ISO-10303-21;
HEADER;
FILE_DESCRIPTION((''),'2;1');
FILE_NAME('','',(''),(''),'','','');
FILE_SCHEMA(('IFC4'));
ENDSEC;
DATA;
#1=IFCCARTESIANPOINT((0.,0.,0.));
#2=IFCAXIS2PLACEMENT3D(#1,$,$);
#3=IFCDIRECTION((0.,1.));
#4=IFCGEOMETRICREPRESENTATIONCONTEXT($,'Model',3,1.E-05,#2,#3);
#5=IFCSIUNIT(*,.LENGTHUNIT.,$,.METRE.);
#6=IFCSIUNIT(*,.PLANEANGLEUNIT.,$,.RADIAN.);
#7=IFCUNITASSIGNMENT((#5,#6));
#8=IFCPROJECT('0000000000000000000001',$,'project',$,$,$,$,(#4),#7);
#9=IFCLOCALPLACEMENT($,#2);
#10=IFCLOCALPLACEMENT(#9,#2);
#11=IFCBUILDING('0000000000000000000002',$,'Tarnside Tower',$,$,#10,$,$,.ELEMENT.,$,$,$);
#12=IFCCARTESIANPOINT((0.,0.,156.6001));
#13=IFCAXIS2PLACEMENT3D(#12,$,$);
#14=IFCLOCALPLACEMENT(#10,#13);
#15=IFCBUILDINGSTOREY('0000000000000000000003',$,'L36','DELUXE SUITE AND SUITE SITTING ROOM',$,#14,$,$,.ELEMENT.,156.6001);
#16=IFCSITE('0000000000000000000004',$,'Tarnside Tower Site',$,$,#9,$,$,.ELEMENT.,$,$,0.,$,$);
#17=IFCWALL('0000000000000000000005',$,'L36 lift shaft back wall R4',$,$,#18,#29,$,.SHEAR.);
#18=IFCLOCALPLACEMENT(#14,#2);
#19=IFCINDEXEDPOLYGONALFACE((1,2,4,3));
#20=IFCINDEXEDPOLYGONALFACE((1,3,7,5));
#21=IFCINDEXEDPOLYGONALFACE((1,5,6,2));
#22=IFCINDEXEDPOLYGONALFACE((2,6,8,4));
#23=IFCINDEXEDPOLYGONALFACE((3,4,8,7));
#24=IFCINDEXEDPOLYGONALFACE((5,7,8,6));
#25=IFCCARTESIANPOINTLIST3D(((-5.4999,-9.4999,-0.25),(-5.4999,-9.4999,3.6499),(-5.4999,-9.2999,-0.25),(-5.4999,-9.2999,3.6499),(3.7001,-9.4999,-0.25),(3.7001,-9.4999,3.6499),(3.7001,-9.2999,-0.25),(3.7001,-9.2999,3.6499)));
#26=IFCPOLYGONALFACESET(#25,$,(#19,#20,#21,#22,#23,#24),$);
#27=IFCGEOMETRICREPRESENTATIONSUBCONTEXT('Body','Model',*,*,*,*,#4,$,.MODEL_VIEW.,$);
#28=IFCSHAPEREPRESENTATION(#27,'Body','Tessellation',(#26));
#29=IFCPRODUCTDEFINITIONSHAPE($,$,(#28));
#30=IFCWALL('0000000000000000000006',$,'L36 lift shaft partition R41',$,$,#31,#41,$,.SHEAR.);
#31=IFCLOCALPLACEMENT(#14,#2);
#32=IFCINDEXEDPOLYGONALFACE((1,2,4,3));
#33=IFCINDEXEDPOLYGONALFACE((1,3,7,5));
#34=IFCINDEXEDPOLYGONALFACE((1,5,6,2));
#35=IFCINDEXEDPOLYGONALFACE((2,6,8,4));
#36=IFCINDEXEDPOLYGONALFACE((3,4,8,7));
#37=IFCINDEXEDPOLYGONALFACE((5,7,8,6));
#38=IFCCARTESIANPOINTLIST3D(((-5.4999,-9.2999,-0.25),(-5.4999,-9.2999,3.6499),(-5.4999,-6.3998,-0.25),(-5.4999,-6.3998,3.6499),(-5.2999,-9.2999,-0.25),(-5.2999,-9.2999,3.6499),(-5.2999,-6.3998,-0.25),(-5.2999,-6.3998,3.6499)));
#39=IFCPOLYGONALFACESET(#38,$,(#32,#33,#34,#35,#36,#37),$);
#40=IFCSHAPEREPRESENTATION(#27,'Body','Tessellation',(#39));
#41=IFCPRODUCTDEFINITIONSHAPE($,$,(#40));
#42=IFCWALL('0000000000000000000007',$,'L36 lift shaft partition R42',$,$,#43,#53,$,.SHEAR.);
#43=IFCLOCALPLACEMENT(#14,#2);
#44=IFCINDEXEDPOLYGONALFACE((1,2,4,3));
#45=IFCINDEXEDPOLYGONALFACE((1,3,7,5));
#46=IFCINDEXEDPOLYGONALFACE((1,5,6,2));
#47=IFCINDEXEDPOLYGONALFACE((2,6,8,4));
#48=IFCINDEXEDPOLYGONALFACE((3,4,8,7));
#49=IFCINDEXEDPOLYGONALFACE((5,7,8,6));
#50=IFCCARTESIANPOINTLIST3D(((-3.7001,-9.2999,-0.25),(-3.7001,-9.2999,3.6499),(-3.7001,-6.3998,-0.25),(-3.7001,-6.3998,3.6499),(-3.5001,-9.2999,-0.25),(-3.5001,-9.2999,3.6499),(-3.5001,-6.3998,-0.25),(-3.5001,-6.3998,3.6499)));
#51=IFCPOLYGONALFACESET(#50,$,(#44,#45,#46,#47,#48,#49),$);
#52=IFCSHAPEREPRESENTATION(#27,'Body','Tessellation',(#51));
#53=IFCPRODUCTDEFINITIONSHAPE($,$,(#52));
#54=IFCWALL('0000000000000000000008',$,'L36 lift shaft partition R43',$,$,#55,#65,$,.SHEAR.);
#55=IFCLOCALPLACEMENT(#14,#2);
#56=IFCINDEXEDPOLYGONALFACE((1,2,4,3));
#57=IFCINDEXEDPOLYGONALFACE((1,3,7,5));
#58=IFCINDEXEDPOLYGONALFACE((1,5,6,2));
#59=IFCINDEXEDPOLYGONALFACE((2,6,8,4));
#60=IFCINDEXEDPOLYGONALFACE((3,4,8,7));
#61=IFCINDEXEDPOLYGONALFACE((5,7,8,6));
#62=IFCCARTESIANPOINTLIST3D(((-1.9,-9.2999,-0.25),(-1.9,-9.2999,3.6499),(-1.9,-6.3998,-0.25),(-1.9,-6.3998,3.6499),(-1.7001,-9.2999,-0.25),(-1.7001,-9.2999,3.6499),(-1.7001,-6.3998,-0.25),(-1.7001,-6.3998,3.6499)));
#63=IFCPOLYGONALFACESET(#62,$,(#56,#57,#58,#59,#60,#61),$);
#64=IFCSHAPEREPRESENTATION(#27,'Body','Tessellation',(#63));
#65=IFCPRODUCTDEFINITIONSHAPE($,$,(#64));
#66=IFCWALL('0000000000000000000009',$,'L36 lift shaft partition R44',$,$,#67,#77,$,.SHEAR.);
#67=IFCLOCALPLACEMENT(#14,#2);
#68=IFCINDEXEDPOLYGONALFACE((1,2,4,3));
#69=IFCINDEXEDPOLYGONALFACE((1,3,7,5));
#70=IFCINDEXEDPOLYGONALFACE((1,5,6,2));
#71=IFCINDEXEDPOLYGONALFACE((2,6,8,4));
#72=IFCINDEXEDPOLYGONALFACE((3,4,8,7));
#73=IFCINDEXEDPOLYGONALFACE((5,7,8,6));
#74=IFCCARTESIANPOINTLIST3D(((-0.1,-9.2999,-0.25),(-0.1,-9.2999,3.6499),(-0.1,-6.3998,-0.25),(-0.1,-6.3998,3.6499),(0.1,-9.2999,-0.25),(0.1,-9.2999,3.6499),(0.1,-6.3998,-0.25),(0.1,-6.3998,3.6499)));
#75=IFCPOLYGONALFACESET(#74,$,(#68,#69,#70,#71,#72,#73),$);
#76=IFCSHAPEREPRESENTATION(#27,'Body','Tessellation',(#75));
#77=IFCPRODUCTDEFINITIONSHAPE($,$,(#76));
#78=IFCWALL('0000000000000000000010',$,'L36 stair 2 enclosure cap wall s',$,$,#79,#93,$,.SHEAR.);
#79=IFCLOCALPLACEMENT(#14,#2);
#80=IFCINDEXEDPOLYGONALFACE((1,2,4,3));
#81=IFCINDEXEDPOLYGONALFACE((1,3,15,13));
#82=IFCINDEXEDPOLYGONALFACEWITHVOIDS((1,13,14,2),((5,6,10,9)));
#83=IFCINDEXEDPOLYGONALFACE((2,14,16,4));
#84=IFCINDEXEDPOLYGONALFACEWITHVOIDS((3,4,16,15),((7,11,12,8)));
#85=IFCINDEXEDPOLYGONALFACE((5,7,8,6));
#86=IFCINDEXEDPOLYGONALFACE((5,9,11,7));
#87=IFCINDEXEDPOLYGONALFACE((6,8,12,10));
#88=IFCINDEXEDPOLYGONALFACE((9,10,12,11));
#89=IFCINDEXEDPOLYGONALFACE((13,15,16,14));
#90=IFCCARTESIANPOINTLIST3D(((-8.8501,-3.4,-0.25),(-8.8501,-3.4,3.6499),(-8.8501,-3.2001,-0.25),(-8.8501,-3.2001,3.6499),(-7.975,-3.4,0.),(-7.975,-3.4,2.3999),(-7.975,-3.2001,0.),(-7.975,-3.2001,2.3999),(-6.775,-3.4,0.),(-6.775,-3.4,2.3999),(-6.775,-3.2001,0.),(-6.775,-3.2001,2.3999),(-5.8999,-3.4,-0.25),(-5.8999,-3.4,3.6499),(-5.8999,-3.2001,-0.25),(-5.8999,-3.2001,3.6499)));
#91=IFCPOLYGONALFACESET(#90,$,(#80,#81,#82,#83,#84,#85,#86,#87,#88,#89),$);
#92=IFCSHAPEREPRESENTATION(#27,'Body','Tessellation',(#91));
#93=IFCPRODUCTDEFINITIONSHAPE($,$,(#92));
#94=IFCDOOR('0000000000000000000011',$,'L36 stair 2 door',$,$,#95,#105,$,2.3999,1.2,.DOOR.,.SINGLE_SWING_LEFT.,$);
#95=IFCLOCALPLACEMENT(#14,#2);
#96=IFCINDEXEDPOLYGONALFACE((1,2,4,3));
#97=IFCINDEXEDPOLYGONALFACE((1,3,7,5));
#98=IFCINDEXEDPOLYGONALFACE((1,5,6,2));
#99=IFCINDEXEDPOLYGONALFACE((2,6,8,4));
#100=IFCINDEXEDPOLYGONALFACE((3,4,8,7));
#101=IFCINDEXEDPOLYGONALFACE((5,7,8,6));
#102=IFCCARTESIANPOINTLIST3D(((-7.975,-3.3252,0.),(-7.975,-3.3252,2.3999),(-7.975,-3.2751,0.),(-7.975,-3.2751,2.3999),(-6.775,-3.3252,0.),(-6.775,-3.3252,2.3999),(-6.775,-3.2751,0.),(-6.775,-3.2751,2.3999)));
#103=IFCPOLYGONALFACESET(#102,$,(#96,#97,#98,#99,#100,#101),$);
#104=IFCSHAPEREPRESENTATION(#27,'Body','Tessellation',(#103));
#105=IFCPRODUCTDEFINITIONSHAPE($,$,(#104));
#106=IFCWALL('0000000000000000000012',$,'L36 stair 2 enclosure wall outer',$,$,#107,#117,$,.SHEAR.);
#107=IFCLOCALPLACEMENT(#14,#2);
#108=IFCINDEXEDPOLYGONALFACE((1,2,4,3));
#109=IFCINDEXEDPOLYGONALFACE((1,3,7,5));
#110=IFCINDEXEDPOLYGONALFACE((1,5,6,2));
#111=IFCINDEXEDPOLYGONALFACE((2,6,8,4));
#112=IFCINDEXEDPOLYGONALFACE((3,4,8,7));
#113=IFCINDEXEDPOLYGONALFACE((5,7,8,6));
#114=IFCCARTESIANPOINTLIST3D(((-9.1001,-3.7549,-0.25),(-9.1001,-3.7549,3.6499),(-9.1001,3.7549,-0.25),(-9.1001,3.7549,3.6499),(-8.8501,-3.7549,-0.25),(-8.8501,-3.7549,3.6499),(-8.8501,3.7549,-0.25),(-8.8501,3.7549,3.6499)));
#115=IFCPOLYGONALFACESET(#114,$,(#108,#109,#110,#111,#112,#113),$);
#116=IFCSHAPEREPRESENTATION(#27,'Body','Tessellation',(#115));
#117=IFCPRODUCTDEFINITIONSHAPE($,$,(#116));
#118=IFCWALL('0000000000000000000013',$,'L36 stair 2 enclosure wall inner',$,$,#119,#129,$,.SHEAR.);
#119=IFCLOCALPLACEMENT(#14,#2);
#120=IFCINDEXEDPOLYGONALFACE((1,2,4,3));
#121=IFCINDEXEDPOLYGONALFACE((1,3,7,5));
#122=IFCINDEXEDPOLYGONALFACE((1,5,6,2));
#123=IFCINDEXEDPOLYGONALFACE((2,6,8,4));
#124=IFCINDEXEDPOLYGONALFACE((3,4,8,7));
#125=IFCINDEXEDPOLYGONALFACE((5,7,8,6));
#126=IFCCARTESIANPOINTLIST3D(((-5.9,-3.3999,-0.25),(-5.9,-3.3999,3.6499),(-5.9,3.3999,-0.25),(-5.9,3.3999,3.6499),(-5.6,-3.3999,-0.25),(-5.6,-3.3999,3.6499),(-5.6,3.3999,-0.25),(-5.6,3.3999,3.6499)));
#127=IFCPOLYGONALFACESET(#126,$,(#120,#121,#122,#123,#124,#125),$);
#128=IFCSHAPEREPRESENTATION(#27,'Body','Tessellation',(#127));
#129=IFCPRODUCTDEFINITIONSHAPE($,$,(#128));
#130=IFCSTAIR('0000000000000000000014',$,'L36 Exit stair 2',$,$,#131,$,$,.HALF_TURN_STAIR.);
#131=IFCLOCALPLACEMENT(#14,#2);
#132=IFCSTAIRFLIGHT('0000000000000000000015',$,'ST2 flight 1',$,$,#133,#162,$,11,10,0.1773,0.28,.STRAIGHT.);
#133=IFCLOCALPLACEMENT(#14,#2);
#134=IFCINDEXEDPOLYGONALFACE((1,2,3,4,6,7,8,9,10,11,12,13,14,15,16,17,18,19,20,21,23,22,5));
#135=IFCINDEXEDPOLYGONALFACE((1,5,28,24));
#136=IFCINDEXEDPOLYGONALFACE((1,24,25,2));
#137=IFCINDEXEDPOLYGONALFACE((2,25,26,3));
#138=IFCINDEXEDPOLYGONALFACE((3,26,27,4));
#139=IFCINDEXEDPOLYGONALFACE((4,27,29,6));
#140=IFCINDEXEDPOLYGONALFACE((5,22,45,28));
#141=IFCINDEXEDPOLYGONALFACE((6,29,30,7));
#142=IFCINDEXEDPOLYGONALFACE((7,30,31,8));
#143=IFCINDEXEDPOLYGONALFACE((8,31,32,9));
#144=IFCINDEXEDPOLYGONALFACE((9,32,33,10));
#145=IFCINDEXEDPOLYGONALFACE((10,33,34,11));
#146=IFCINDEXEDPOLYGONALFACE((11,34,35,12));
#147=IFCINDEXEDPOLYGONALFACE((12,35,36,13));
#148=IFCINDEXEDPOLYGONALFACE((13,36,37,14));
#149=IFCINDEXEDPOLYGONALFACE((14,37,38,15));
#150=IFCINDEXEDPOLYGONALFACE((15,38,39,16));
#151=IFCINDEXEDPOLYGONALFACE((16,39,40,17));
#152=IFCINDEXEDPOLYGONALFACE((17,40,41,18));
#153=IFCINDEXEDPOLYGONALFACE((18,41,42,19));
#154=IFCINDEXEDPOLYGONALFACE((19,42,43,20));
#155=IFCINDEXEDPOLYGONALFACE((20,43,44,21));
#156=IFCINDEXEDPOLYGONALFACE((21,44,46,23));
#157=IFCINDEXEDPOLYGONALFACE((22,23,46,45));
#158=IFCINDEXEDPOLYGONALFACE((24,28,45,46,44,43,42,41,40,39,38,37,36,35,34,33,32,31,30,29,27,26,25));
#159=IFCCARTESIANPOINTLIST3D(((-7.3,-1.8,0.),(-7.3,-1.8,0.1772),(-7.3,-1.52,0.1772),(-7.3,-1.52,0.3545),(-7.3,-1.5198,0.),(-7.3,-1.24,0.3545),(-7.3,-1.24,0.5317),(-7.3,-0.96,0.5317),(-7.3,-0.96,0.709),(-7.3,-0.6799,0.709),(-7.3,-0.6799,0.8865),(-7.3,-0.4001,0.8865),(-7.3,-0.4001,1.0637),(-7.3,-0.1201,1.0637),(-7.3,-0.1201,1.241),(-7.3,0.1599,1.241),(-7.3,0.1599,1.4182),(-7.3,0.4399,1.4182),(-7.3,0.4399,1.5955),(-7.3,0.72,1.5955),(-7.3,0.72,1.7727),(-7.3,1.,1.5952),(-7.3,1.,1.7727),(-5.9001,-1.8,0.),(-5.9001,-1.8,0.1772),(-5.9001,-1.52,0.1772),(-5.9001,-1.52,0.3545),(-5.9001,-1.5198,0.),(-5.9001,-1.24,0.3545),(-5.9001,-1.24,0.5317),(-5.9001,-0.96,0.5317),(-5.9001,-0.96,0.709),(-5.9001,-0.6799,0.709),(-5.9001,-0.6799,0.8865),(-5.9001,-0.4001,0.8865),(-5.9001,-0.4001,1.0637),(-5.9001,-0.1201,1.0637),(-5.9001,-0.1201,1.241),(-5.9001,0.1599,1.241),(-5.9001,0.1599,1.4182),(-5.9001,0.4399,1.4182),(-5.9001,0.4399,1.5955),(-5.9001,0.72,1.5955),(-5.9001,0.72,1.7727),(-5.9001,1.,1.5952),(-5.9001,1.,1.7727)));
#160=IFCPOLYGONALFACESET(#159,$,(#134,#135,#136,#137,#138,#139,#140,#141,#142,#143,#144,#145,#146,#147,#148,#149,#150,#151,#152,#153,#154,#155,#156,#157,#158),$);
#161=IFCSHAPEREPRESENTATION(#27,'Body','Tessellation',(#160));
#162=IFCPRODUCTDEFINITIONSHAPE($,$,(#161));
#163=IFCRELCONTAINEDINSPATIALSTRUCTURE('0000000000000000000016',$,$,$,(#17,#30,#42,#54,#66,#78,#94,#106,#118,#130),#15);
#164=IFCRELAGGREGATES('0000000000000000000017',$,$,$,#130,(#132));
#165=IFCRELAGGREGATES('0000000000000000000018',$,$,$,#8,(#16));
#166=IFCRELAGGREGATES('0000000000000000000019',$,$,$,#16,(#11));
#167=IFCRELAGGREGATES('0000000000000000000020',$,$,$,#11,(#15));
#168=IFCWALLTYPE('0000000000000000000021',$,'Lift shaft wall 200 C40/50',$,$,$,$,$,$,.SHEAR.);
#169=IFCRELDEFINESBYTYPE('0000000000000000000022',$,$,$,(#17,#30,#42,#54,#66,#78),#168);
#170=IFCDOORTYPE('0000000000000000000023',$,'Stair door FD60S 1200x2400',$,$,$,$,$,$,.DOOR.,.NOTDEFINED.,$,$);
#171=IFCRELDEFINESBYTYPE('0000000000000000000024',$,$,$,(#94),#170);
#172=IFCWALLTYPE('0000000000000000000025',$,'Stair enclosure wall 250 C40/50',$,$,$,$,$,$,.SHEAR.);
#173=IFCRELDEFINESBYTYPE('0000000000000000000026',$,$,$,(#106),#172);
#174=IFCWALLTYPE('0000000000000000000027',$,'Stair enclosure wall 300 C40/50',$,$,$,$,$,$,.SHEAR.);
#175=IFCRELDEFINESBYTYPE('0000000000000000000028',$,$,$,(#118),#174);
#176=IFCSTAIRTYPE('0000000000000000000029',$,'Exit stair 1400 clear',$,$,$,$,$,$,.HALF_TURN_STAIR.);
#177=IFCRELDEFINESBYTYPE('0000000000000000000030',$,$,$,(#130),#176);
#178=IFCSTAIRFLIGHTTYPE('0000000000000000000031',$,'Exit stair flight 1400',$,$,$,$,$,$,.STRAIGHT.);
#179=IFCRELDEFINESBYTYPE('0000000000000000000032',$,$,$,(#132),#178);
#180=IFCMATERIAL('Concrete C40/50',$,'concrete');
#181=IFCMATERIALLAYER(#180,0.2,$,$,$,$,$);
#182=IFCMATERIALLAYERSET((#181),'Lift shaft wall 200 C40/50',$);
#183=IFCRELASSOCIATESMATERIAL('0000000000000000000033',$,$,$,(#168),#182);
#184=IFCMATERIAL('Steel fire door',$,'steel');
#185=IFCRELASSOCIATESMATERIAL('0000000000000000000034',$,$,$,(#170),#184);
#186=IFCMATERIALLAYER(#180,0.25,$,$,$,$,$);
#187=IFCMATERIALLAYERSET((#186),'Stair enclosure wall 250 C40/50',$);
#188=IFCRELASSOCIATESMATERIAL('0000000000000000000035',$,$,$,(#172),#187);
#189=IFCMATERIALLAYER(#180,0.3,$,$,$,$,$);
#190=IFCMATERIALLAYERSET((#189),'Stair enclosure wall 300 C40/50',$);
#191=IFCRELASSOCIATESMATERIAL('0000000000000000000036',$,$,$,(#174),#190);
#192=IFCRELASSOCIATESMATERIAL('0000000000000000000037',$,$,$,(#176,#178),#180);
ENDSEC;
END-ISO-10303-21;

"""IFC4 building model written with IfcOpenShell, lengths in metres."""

from ifc_helpers import new_model, si_unit, direction, frame, frame_2d, origin, place, context, subcontext, project, spatial, polyline, rectangle, outline, extrude, material, layer, layer_set, type_object, element, fill, aggregate, save


model = new_model("IFC4")

# Units and contexts
model_context = context("Model", 3, precision=1e-05, world=origin(), true_north=direction((0.0, 1.0)))
body_context = subcontext(model_context, "Body", "Model", "MODEL_VIEW")
ifc_project = project(units=[si_unit("LENGTHUNIT", "METRE"), si_unit("PLANEANGLEUNIT", "RADIAN")], contexts=[model_context])

# Site, building, storey
site_placement = place(None, origin())
site = spatial("IfcSite", under=ifc_project, at=site_placement, Name="Tarnside Tower Site", CompositionType="ELEMENT", RefElevation=0.0)
building_placement = place(site_placement, origin())
building = spatial("IfcBuilding", under=site, at=building_placement, Name="Tarnside Tower", CompositionType="ELEMENT")
storey_placement = place(building_placement, frame((0.0, 0.0, 156.6001)))
storey = spatial("IfcBuildingStorey", under=building, at=storey_placement, Name="L36", Description="DELUXE SUITE AND SUITE SITTING ROOM", CompositionType="ELEMENT", Elevation=156.6001)

# Shared definitions
ifc_material_1 = material(Name="Concrete C40/50", Category="concrete")
ifc_material_2 = material(Name="Steel fire door", Category="steel")

# Shared definitions
ifc_layer_1 = layer(ifc_material_1, 0.2)
ifc_layer_set_1 = layer_set([ifc_layer_1], Name="Lift shaft wall 200 C40/50")
wall_type_1 = type_object("IfcWallType", Name="Lift shaft wall 200 C40/50", PredefinedType="SHEAR", material=ifc_layer_set_1)

# Walls
wall_1_placement = place(storey_placement, frame((-5.5, -9.3999, -0.25), z_axis=(0.0, 0.0, 1.0), x_axis=(1.0, 0.0, 0.0)))
element("IfcWall", 1, at=wall_1_placement, inside=storey, type_object=wall_type_1, Name="L36 lift shaft back wall R4", PredefinedType="SHEAR", context=body_context, shape_type="SweptSolid", body=[
    extrude(rectangle(XDim=9.2, YDim=0.2, at=frame_2d((4.6001, 0.0))), origin(), (0.0, 0.0, 1.0), 3.8999),
])
for number, where, z_axis, x_axis, name in (
    (2, (-5.3999, -9.3, -0.25), (0.0, 0.0, 1.0), (0.0, 1.0, 0.0), "L36 lift shaft partition R41"),
    (3, (-3.6001, -9.3, -0.25), (0.0, 0.0, 1.0), (0.0, 1.0, 0.0), "L36 lift shaft partition R42"),
    (4, (-1.8, -9.3, -0.25), (0.0, 0.0, 1.0), (0.0, 1.0, 0.0), "L36 lift shaft partition R43"),
    (5, (0.0, -9.3, -0.25), (0.0, 0.0, 1.0), (0.0, 1.0, 0.0), "L36 lift shaft partition R44"),
):
    element("IfcWall", number, at=place(storey_placement, frame(where, z_axis=z_axis, x_axis=x_axis)), inside=storey, type_object=wall_type_1, Name=name, PredefinedType="SHEAR", context=body_context, shape_type="SweptSolid", body=[
        extrude(rectangle(XDim=2.9001, YDim=0.2, at=frame_2d((1.4502, 0.0))), origin(), (0.0, 0.0, 1.0), 3.8999),
    ])

# Wall, opening, door
wall_2_placement = place(storey_placement, frame((-8.8501, -3.3, -0.25), z_axis=(0.0, 0.0, 1.0), x_axis=(1.0, 0.0, 0.0)))
wall_2 = element("IfcWall", 6, at=wall_2_placement, inside=storey, type_object=wall_type_1, Name="L36 stair 2 enclosure cap wall s", PredefinedType="SHEAR", context=body_context, shape_type="SweptSolid", body=[
    extrude(rectangle(XDim=2.9502, YDim=0.2, at=frame_2d((1.4751, 0.0))), origin(), (0.0, 0.0, 1.0), 3.8999),
])
opening_1_placement = place(wall_2_placement, frame((0.875, 0.0, 0.25)))
opening_1 = element("IfcOpeningElement", 7, at=opening_1_placement, cuts=wall_2, PredefinedType="OPENING", context=body_context, shape_type="SweptSolid", body=[
    extrude(rectangle(XDim=1.2, YDim=2.3999, at=frame_2d((0.6001, 1.2))), frame((0.0, 0.1099, 0.0), z_axis=(0.0, -1.0, 0.0), x_axis=(1.0, 0.0, 0.0)), (0.0, 0.0, 1.0), 0.22),
])
door_type_1 = type_object("IfcDoorType", Name="Stair door FD60S 1200x2400", OperationType="NOTDEFINED", PredefinedType="DOOR", material=ifc_material_2)
door_1_placement = place(opening_1_placement, origin())
door_1 = element("IfcDoor", 8, at=door_1_placement, inside=storey, type_object=door_type_1, Name="L36 stair 2 door", OperationType="SINGLE_SWING_LEFT", OverallHeight=2.3999, OverallWidth=1.2, PredefinedType="DOOR", context=body_context, shape_type="SweptSolid", body=[
    extrude(rectangle(XDim=1.2, YDim=2.3999, at=frame_2d((0.6001, 1.2))), frame((0.0, 0.0249, 0.0), z_axis=(0.0, -1.0, 0.0), x_axis=(1.0, 0.0, 0.0)), (0.0, 0.0, 1.0), 0.05),
])
fill(opening_1, door_1)

# Walls
ifc_layer_2 = layer(ifc_material_1, 0.25)
ifc_layer_set_2 = layer_set([ifc_layer_2], Name="Stair enclosure wall 250 C40/50")
wall_type_2 = type_object("IfcWallType", Name="Stair enclosure wall 250 C40/50", PredefinedType="SHEAR", material=ifc_layer_set_2)
wall_3_placement = place(storey_placement, frame((-8.9751, -3.7549, -0.25), z_axis=(0.0, 0.0, 1.0), x_axis=(0.0, 1.0, 0.0)))
element("IfcWall", 9, at=wall_3_placement, inside=storey, type_object=wall_type_2, Name="L36 stair 2 enclosure wall outer", PredefinedType="SHEAR", context=body_context, shape_type="SweptSolid", body=[
    extrude(rectangle(XDim=7.5098, YDim=0.25, at=frame_2d((3.7549, 0.0))), origin(), (0.0, 0.0, 1.0), 3.8999),
])
ifc_layer_3 = layer(ifc_material_1, 0.3)
ifc_layer_set_3 = layer_set([ifc_layer_3], Name="Stair enclosure wall 300 C40/50")
wall_type_3 = type_object("IfcWallType", Name="Stair enclosure wall 300 C40/50", PredefinedType="SHEAR", material=ifc_layer_set_3)
wall_4_placement = place(storey_placement, frame((-5.75, -3.3999, -0.25), z_axis=(0.0, 0.0, 1.0), x_axis=(0.0, 1.0, 0.0)))
element("IfcWall", 10, at=wall_4_placement, inside=storey, type_object=wall_type_3, Name="L36 stair 2 enclosure wall inner", PredefinedType="SHEAR", context=body_context, shape_type="SweptSolid", body=[
    extrude(rectangle(XDim=6.7998, YDim=0.3, at=frame_2d((3.3999, 0.0))), origin(), (0.0, 0.0, 1.0), 3.8999),
])

# Stair, stair flight
stair_type = type_object("IfcStairType", Name="Exit stair 1400 clear", PredefinedType="HALF_TURN_STAIR", material=ifc_material_1)
stair_placement = place(storey_placement, origin())
stair = element("IfcStair", 11, at=stair_placement, inside=storey, type_object=stair_type, Name="L36 Exit stair 2", PredefinedType="HALF_TURN_STAIR")
stair_flight_type = type_object("IfcStairFlightType", Name="Exit stair flight 1400", PredefinedType="STRAIGHT", material=ifc_material_1)
stair_flight_placement = place(storey_placement, frame((-6.6001, -1.8, 0.0), z_axis=(0.0, 0.0, 1.0), x_axis=(0.0, 1.0, 0.0)))
stair_flight = element("IfcStairFlight", 12, at=stair_flight_placement, type_object=stair_flight_type, Name="ST2 flight 1", NumberOfRisers=11, NumberOfTreads=10, PredefinedType="STRAIGHT", RiserHeight=0.1773, TreadLength=0.28, context=body_context, shape_type="SweptSolid", body=[
    extrude(outline(polyline([(0.0, 0.0), (0.0, 0.1772), (0.28, 0.1772), (0.28, 0.3545), (0.5601, 0.3545), (0.5601, 0.5317), (0.8401, 0.5317), (0.8401, 0.709), (1.1201, 0.709), (1.1201, 0.8865), (1.3999, 0.8865), (1.3999, 1.0637), (1.6799, 1.0637), (1.6799, 1.241), (1.96, 1.241), (1.96, 1.4182), (2.24, 1.4182), (2.24, 1.5955), (2.52, 1.5955), (2.52, 1.7727), (2.8, 1.7727), (2.8, 1.95), (2.8, 1.5952), (0.2803, 0.0), (0.0, 0.0)])), frame((0.0, 0.7, 0.0), z_axis=(0.0, -1.0, 0.0), x_axis=(1.0, 0.0, 0.0)), (0.0, 0.0, 1.0), 1.3999),
])
aggregate(stair, [stair_flight])

save(model, "model.ifc")
